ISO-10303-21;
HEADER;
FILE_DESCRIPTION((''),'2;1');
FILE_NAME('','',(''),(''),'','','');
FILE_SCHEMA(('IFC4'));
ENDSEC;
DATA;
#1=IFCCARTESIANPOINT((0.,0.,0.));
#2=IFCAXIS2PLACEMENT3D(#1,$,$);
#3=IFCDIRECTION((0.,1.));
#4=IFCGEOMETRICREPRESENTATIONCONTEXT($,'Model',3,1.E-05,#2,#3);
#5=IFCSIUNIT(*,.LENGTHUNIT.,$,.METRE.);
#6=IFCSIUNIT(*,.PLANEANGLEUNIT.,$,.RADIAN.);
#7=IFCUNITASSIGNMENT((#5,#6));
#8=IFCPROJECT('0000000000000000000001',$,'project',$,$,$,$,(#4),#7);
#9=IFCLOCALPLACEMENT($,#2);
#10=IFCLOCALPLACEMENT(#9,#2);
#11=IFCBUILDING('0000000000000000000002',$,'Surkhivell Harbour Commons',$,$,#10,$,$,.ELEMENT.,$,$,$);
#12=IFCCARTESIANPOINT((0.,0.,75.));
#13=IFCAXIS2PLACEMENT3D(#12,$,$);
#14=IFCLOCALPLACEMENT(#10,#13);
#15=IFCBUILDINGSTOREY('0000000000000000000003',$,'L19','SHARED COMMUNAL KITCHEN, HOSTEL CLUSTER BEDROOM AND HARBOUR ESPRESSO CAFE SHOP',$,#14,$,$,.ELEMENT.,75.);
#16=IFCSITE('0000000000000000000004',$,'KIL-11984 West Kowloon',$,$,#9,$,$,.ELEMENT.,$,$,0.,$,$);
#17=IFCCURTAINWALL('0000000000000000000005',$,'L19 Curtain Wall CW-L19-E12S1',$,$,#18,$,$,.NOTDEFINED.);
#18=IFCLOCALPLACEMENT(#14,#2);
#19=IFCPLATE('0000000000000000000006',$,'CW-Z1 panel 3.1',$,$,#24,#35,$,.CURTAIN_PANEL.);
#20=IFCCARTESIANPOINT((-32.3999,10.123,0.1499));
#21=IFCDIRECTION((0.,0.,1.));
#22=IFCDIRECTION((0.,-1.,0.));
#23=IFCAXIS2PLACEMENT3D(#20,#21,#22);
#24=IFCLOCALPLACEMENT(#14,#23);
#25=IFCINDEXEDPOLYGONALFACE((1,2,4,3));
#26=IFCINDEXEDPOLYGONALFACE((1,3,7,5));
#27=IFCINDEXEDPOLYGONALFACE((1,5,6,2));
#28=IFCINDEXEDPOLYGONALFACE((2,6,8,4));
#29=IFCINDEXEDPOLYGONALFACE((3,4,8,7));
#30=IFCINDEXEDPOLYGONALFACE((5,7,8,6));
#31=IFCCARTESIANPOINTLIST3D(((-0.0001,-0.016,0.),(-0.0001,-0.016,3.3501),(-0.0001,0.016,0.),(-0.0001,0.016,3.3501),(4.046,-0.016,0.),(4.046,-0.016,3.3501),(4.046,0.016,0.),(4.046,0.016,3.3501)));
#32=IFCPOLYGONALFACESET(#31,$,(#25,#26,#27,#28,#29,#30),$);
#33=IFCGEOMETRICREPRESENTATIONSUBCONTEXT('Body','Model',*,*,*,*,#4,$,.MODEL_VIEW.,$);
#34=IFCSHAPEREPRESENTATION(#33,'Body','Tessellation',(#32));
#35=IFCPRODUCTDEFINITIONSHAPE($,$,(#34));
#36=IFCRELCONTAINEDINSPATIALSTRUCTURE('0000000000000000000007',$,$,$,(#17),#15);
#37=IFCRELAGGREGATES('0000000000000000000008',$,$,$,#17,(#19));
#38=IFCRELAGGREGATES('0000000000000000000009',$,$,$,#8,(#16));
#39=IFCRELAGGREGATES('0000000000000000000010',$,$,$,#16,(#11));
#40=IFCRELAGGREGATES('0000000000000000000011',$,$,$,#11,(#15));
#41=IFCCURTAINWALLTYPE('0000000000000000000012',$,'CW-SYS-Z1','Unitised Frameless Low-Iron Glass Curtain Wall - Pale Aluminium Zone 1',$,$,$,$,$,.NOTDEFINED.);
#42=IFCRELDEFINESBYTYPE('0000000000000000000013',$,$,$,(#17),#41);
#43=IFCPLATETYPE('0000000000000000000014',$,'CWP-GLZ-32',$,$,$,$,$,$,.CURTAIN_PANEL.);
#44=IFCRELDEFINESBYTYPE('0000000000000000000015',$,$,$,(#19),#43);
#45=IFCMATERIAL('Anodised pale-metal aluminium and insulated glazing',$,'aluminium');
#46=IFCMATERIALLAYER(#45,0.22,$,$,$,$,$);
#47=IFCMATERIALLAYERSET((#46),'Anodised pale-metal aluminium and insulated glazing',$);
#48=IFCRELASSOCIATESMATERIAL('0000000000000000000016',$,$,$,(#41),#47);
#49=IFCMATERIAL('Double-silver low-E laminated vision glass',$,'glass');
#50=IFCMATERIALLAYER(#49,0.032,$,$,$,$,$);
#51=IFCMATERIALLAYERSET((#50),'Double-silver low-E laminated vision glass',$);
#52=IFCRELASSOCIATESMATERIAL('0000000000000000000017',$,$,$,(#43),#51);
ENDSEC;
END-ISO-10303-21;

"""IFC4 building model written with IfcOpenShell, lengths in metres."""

from ifc_helpers import new_model, si_unit, direction, frame, frame_2d, origin, place, context, subcontext, project, spatial, rectangle, extrude, material, layer, layer_set, type_object, element, aggregate, save


model = new_model("IFC4")

# Units and contexts
model_context = context("Model", 3, precision=1e-05, world=origin(), true_north=direction((0.0, 1.0)))
body_context = subcontext(model_context, "Body", "Model", "MODEL_VIEW")
ifc_project = project(units=[si_unit("LENGTHUNIT", "METRE"), si_unit("PLANEANGLEUNIT", "RADIAN")], contexts=[model_context])

# Site, building, storey
site_placement = place(None, origin())
site = spatial("IfcSite", under=ifc_project, at=site_placement, Name="KIL-11984 West Kowloon", CompositionType="ELEMENT", RefElevation=0.0)
building_placement = place(site_placement, origin())
building = spatial("IfcBuilding", under=site, at=building_placement, Name="Surkhivell Harbour Commons", CompositionType="ELEMENT")
storey_placement = place(building_placement, frame((0.0, 0.0, 75.0)))
storey = spatial("IfcBuildingStorey", under=building, at=storey_placement, Name="L19", Description="SHARED COMMUNAL KITCHEN, HOSTEL CLUSTER BEDROOM AND HARBOUR ESPRESSO CAFE SHOP", CompositionType="ELEMENT", Elevation=75.0)

# Curtain wall, plate
ifc_material_1 = material(Name="Anodised pale-metal aluminium and insulated glazing", Category="aluminium")
ifc_layer_1 = layer(ifc_material_1, 0.22)
ifc_layer_set_1 = layer_set([ifc_layer_1], Name="Anodised pale-metal aluminium and insulated glazing")
curtain_wall_type = type_object("IfcCurtainWallType", Name="CW-SYS-Z1", Description="Unitised Frameless Low-Iron Glass Curtain Wall - Pale Aluminium Zone 1", PredefinedType="NOTDEFINED", material=ifc_layer_set_1)
curtain_wall_placement = place(storey_placement, origin())
curtain_wall = element("IfcCurtainWall", 1, at=curtain_wall_placement, inside=storey, type_object=curtain_wall_type, Name="L19 Curtain Wall CW-L19-E12S1", PredefinedType="NOTDEFINED")
ifc_material_2 = material(Name="Double-silver low-E laminated vision glass", Category="glass")
ifc_layer_2 = layer(ifc_material_2, 0.032)
ifc_layer_set_2 = layer_set([ifc_layer_2], Name="Double-silver low-E laminated vision glass")
plate_type = type_object("IfcPlateType", Name="CWP-GLZ-32", PredefinedType="CURTAIN_PANEL", material=ifc_layer_set_2)
plate_1_placement = place(storey_placement, frame((-32.3999, 10.123, 0.1499), z_axis=(0.0, 0.0, 1.0), x_axis=(0.0, -1.0, 0.0)))
plate_1 = element("IfcPlate", 2, at=plate_1_placement, type_object=plate_type, Name="CW-Z1 panel 3.1", PredefinedType="CURTAIN_PANEL", context=body_context, shape_type="SweptSolid", body=[
    extrude(rectangle(XDim=4.0461, YDim=0.032, at=frame_2d((2.0229, 0.0))), origin(), (0.0, 0.0, 1.0), 3.3501),
])
aggregate(curtain_wall, [plate_1])

save(model, "model.ifc")
